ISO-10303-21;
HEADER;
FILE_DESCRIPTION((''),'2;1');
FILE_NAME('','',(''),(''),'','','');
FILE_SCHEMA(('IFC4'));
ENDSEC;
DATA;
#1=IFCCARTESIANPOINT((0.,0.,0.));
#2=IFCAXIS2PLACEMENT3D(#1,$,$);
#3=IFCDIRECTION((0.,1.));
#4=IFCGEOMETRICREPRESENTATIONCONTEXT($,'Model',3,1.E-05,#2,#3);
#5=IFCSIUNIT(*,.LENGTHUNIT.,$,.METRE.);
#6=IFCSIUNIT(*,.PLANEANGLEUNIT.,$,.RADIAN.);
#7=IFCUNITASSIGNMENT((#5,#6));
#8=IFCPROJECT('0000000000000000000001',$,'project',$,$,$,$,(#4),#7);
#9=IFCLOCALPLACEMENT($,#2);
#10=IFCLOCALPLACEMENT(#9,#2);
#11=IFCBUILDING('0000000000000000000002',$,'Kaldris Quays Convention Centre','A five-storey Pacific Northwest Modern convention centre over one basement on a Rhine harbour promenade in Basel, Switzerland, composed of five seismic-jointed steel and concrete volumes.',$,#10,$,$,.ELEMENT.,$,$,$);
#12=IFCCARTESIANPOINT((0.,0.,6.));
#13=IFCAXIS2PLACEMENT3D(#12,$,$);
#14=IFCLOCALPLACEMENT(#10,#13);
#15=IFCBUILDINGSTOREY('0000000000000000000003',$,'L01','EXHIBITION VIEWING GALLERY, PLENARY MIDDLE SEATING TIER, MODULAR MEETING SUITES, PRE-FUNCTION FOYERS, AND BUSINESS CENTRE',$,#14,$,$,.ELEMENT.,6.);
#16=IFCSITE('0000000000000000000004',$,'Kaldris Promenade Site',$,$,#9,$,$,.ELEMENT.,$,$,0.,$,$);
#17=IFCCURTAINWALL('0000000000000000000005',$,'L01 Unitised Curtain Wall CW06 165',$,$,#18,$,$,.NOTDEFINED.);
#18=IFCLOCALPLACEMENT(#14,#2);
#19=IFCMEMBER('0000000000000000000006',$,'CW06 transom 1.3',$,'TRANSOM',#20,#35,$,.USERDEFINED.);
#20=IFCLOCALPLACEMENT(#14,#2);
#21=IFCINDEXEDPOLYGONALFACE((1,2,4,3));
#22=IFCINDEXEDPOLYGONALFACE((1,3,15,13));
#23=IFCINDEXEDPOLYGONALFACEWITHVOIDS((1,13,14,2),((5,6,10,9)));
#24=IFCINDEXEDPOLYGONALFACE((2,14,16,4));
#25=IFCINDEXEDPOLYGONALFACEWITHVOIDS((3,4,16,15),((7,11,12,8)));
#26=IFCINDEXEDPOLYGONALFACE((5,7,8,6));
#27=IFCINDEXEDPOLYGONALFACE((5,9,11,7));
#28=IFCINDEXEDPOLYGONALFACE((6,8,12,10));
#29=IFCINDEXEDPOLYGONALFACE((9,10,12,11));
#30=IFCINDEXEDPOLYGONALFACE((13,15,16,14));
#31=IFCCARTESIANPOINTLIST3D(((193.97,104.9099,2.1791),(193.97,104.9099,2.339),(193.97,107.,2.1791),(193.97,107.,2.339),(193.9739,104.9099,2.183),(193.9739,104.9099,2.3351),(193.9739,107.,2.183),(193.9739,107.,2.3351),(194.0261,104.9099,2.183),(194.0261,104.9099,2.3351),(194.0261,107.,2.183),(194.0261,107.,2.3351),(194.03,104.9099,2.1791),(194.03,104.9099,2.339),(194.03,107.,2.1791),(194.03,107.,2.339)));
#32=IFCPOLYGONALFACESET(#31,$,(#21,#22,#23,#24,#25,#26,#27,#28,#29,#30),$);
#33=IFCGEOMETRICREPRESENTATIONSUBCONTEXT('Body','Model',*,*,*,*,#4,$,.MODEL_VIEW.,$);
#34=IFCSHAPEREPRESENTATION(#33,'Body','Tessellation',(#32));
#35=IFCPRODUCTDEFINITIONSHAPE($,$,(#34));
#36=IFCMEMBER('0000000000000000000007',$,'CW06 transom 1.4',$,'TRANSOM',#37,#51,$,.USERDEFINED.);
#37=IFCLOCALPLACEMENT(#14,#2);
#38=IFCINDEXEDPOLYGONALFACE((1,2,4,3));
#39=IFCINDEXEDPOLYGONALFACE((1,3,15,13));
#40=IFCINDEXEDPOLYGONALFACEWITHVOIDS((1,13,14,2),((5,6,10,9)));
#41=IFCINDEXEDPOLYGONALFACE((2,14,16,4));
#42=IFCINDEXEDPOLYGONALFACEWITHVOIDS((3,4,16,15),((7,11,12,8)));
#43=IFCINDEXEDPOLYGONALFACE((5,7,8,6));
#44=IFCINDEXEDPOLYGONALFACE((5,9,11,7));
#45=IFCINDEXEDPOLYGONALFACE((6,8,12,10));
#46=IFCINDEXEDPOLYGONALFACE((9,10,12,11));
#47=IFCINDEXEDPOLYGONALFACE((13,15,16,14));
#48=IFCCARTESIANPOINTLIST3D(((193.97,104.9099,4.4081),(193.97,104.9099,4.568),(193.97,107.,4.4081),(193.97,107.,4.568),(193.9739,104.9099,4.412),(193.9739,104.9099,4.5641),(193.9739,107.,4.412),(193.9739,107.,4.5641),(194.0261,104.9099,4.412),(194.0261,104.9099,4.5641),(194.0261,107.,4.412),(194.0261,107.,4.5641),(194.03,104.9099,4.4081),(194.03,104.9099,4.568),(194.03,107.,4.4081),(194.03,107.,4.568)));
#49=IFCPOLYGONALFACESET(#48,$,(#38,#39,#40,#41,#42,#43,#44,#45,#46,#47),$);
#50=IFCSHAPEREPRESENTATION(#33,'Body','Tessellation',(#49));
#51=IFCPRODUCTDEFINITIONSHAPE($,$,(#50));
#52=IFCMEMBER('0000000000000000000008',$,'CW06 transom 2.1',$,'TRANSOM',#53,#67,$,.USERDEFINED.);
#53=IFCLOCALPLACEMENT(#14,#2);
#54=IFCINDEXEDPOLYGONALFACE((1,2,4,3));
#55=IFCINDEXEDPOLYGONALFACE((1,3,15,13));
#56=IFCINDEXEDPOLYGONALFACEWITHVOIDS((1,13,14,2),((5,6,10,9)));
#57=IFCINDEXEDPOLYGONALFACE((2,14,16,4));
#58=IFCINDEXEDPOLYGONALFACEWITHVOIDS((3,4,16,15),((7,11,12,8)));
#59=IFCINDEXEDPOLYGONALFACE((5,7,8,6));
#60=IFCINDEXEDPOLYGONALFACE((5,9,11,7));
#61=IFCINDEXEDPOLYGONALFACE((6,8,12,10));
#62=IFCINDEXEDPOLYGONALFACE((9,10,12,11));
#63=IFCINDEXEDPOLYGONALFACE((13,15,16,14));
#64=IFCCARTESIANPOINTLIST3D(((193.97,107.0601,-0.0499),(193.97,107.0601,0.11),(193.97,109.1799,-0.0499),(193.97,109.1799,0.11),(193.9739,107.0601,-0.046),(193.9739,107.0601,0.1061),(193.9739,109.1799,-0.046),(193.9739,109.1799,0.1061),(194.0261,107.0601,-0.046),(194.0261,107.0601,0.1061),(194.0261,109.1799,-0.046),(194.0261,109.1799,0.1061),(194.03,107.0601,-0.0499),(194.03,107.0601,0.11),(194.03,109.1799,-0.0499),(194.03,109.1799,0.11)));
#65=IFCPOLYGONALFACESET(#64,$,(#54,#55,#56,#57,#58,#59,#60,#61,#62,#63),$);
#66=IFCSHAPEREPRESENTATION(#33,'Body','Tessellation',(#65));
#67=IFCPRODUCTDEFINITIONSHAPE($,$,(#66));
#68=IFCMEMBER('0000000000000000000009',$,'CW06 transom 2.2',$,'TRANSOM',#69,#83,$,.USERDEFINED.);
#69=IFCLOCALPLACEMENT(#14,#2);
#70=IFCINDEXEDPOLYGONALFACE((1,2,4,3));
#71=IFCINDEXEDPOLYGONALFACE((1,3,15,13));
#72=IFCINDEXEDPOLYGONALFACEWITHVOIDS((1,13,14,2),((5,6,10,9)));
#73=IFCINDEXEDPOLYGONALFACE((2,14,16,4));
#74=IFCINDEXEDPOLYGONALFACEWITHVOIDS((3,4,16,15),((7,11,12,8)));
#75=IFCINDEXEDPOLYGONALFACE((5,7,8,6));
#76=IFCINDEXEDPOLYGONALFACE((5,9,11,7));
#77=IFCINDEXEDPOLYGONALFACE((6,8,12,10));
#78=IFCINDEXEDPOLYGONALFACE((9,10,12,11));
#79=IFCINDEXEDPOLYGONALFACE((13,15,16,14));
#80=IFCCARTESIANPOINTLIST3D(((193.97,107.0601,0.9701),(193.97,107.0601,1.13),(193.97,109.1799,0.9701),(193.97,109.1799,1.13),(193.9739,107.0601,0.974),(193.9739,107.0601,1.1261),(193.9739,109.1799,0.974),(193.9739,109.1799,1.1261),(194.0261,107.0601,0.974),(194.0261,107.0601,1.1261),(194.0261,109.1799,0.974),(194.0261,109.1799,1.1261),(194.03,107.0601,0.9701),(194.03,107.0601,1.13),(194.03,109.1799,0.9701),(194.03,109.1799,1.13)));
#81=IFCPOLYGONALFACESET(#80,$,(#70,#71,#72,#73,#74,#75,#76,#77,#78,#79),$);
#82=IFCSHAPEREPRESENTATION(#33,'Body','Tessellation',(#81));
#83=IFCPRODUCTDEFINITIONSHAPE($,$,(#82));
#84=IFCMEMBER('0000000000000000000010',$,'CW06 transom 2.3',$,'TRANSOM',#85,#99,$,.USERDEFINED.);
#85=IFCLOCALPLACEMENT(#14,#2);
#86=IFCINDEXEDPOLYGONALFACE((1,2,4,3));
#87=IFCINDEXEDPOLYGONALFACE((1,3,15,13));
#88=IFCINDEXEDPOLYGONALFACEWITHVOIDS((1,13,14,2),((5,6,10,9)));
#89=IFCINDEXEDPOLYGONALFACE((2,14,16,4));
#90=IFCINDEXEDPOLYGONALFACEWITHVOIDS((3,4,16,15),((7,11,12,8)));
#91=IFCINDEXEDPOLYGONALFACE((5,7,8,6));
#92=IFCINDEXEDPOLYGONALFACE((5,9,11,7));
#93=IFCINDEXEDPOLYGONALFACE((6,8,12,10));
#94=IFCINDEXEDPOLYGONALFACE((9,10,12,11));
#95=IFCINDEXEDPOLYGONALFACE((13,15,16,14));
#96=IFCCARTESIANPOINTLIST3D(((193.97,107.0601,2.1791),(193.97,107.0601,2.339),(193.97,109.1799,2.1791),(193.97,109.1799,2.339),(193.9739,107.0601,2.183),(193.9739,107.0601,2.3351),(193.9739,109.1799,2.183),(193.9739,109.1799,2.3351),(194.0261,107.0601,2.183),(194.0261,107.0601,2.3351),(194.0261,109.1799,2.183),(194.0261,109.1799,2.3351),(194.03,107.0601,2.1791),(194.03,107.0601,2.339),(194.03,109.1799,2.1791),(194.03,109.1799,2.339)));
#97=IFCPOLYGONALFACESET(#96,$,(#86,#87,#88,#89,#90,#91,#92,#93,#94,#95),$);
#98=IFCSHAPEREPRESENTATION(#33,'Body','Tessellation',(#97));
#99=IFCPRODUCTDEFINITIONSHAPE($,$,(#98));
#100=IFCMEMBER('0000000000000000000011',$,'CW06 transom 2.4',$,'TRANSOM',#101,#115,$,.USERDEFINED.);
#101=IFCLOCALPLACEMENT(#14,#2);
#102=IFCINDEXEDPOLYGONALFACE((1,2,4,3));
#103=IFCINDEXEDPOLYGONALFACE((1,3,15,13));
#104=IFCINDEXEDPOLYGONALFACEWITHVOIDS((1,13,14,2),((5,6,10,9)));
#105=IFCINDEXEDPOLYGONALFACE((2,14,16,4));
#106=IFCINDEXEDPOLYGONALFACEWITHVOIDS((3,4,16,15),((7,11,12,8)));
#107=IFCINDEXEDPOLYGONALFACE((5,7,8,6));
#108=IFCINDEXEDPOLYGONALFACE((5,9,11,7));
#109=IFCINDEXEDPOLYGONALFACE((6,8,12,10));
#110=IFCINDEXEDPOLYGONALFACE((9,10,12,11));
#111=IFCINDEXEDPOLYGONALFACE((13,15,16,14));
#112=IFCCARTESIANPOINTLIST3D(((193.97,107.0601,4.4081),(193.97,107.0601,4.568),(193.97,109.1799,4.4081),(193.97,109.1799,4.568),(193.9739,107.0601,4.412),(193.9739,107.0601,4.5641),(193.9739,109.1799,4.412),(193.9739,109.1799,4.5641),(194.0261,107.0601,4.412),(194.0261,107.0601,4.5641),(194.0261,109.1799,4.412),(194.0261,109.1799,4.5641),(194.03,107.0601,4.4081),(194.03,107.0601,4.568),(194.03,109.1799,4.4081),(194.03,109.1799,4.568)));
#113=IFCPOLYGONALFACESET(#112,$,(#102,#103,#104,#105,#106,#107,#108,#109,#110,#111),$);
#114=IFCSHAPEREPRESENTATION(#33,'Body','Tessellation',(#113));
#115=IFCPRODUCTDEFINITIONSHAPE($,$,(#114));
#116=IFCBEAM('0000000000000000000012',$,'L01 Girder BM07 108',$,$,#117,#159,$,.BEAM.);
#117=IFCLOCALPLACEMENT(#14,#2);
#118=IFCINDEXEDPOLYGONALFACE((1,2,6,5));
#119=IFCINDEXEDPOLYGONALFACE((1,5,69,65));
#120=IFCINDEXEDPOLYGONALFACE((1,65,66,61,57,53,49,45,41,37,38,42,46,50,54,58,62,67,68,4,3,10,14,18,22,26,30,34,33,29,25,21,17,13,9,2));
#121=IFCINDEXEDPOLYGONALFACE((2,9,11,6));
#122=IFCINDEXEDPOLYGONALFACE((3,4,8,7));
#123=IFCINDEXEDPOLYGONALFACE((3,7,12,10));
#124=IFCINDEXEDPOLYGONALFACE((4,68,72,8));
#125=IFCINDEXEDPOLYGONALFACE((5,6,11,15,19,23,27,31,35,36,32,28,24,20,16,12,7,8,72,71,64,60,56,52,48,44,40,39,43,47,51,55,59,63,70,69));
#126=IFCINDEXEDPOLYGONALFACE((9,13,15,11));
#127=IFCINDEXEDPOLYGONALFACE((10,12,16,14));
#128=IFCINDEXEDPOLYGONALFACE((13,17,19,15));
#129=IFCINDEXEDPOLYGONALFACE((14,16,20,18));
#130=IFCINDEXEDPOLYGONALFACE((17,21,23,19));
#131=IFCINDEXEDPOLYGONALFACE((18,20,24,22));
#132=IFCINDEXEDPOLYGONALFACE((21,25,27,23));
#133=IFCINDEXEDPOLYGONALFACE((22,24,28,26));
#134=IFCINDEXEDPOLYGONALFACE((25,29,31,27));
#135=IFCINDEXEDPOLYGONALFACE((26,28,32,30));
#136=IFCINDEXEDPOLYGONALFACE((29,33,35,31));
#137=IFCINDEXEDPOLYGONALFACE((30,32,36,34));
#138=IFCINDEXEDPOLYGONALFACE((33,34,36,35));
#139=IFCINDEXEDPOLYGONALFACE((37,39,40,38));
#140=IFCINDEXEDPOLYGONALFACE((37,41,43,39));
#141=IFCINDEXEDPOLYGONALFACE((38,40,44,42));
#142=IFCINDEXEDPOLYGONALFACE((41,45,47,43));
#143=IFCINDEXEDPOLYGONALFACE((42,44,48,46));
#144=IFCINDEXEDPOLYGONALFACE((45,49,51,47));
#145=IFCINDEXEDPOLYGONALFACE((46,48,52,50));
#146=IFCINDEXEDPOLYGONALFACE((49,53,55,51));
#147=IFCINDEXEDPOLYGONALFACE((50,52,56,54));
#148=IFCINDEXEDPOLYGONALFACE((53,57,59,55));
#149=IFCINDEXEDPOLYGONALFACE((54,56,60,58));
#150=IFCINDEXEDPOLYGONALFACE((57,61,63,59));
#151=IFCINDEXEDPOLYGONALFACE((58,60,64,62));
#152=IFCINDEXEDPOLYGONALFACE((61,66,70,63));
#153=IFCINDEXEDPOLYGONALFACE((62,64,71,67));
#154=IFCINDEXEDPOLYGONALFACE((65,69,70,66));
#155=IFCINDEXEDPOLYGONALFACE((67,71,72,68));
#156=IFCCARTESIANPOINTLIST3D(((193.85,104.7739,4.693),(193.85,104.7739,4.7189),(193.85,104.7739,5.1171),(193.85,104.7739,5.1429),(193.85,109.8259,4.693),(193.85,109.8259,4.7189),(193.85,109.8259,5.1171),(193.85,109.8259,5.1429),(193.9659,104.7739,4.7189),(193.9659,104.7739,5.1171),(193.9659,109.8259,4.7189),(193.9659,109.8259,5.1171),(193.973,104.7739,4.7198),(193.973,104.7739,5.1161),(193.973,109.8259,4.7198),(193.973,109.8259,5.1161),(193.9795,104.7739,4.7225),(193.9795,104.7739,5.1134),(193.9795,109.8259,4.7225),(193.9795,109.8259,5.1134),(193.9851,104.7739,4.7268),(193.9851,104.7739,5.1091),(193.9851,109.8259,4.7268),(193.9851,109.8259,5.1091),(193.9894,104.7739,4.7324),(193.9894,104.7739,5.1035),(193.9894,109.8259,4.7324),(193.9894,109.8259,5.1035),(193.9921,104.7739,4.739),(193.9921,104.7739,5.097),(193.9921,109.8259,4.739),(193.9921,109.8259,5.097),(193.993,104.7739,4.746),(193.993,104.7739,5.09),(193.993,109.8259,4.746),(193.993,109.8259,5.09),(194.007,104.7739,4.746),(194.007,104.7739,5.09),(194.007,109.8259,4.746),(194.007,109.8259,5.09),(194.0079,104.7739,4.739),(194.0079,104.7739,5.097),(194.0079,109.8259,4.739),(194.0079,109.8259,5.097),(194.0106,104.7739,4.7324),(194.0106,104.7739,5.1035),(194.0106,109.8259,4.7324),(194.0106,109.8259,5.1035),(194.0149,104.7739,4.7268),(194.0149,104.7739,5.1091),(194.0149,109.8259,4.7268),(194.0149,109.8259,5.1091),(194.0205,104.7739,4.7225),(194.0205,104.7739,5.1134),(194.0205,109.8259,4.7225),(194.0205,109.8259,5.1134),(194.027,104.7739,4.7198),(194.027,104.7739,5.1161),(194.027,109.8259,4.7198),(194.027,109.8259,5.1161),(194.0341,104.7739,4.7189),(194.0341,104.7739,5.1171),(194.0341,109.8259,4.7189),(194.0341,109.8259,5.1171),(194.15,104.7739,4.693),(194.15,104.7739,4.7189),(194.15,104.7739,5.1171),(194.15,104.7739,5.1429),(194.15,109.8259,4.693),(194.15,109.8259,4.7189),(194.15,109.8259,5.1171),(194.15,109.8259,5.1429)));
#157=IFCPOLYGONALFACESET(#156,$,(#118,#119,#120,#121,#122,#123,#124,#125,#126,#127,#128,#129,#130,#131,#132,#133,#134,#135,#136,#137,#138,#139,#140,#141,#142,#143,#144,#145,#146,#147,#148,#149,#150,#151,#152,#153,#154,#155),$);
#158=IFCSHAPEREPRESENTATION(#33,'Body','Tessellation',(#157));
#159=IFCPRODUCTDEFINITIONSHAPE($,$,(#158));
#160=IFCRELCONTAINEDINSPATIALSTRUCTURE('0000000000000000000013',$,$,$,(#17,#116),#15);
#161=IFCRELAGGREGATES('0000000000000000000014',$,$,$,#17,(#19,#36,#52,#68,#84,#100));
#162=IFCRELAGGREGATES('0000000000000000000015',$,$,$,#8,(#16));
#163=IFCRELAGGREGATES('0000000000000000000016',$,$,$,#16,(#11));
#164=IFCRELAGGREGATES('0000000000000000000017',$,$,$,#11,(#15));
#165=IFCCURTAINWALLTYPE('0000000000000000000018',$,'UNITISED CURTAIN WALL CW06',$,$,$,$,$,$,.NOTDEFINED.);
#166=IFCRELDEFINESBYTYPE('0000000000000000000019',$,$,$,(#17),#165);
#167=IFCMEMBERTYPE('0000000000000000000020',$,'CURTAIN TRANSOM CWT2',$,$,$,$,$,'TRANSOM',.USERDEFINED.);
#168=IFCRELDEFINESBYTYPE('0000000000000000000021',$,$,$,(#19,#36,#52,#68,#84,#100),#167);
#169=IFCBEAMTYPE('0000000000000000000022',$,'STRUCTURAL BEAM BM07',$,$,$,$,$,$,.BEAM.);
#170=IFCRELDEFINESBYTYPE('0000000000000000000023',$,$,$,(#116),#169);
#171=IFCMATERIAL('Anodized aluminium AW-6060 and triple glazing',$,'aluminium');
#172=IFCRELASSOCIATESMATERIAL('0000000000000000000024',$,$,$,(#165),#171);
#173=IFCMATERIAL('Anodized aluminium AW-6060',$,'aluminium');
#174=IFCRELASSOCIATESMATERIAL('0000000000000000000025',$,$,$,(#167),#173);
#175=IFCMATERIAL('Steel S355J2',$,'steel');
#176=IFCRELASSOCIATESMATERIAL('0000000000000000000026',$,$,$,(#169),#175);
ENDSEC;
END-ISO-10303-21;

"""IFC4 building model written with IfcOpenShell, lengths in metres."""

from ifc_helpers import new_model, si_unit, direction, frame, origin, origin_2d, place, context, subcontext, project, spatial, hollow_rectangle, i_section, extrude, material, material_profile, profile_set, type_object, element, aggregate, save


model = new_model("IFC4")

# Units and contexts
model_context = context("Model", 3, precision=1e-05, world=origin(), true_north=direction((0.0, 1.0)))
body_context = subcontext(model_context, "Body", "Model", "MODEL_VIEW")
ifc_project = project(units=[si_unit("LENGTHUNIT", "METRE"), si_unit("PLANEANGLEUNIT", "RADIAN")], contexts=[model_context])

# Site, building, storey
site_placement = place(None, origin())
site = spatial("IfcSite", under=ifc_project, at=site_placement, Name="Kaldris Promenade Site", CompositionType="ELEMENT", RefElevation=0.0)
building_placement = place(site_placement, origin())
building = spatial("IfcBuilding", under=site, at=building_placement, Name="Kaldris Quays Convention Centre", Description="A five-storey Pacific Northwest Modern convention centre over one basement on a Rhine harbour promenade in Basel, Switzerland, composed of five seismic-jointed steel and concrete volumes.", CompositionType="ELEMENT")
storey_placement = place(building_placement, frame((0.0, 0.0, 6.0)))
storey = spatial("IfcBuildingStorey", under=building, at=storey_placement, Name="L01", Description="EXHIBITION VIEWING GALLERY, PLENARY MIDDLE SEATING TIER, MODULAR MEETING SUITES, PRE-FUNCTION FOYERS, AND BUSINESS CENTRE", CompositionType="ELEMENT", Elevation=6.0)

# Shared definitions
ifc_material_1 = material(Name="Steel S355J2", Category="steel")

# Shared definitions
ifc_material_2 = material(Name="Anodized aluminium AW-6060 and triple glazing", Category="aluminium")
curtain_wall_type = type_object("IfcCurtainWallType", Name="UNITISED CURTAIN WALL CW06", PredefinedType="NOTDEFINED", material=ifc_material_2)
ifc_material_3 = material(Name="Anodized aluminium AW-6060", Category="aluminium")

# Curtain wall
curtain_wall_1_placement = place(storey_placement, origin())
curtain_wall_1 = element("IfcCurtainWall", 1, at=curtain_wall_1_placement, inside=storey, type_object=curtain_wall_type, Name="L01 Unitised Curtain Wall CW06 165", PredefinedType="NOTDEFINED")

# Members
ifc_material_profile_1 = material_profile(ifc_material_3, hollow_rectangle(XDim=0.0601, YDim=0.1599, WallThickness=0.0039, at=origin_2d()), Name="RHS 160x60x4")
ifc_profile_set_1 = profile_set([ifc_material_profile_1], Name="Anodized aluminium AW-6060")
member_type_1 = type_object("IfcMemberType", Name="CURTAIN TRANSOM CWT2", ElementType="TRANSOM", PredefinedType="USERDEFINED", material=ifc_profile_set_1)
member_1_placement = place(storey_placement, frame((194.0, 104.9099, 2.259), z_axis=(0.0, 1.0, 0.0), x_axis=(-1.0, 0.0, 0.0)))
member_1 = element("IfcMember", 2, at=member_1_placement, type_object=member_type_1, Name="CW06 transom 1.3", ObjectType="TRANSOM", PredefinedType="USERDEFINED", context=body_context, shape_type="SweptSolid", body=[
    extrude(hollow_rectangle(XDim=0.0601, YDim=0.1599, WallThickness=0.0039, at=origin_2d()), origin(), (0.0, 0.0, 1.0), 2.0901),
])
member_2_placement = place(storey_placement, frame((194.0, 104.9099, 4.488), z_axis=(0.0, 1.0, 0.0), x_axis=(-1.0, 0.0, 0.0)))
member_2 = element("IfcMember", 3, at=member_2_placement, type_object=member_type_1, Name="CW06 transom 1.4", ObjectType="TRANSOM", PredefinedType="USERDEFINED", context=body_context, shape_type="SweptSolid", body=[
    extrude(hollow_rectangle(XDim=0.0601, YDim=0.1599, WallThickness=0.0039, at=origin_2d()), origin(), (0.0, 0.0, 1.0), 2.0901),
])
member_3_placement = place(storey_placement, frame((194.0, 107.0601, 0.03), z_axis=(0.0, 1.0, 0.0), x_axis=(-1.0, 0.0, 0.0)))
member_3 = element("IfcMember", 4, at=member_3_placement, type_object=member_type_1, Name="CW06 transom 2.1", ObjectType="TRANSOM", PredefinedType="USERDEFINED", context=body_context, shape_type="SweptSolid", body=[
    extrude(hollow_rectangle(XDim=0.0601, YDim=0.1599, WallThickness=0.0039, at=origin_2d()), origin(), (0.0, 0.0, 1.0), 2.1199),
])
member_4_placement = place(storey_placement, frame((194.0, 107.0601, 1.05), z_axis=(0.0, 1.0, 0.0), x_axis=(-1.0, 0.0, 0.0)))
member_4 = element("IfcMember", 5, at=member_4_placement, type_object=member_type_1, Name="CW06 transom 2.2", ObjectType="TRANSOM", PredefinedType="USERDEFINED", context=body_context, shape_type="SweptSolid", body=[
    extrude(hollow_rectangle(XDim=0.0601, YDim=0.1599, WallThickness=0.0039, at=origin_2d()), origin(), (0.0, 0.0, 1.0), 2.1199),
])
member_5_placement = place(storey_placement, frame((194.0, 107.0601, 2.259), z_axis=(0.0, 1.0, 0.0), x_axis=(-1.0, 0.0, 0.0)))
member_5 = element("IfcMember", 6, at=member_5_placement, type_object=member_type_1, Name="CW06 transom 2.3", ObjectType="TRANSOM", PredefinedType="USERDEFINED", context=body_context, shape_type="SweptSolid", body=[
    extrude(hollow_rectangle(XDim=0.0601, YDim=0.1599, WallThickness=0.0039, at=origin_2d()), origin(), (0.0, 0.0, 1.0), 2.1199),
])
member_6_placement = place(storey_placement, frame((194.0, 107.0601, 4.488), z_axis=(0.0, 1.0, 0.0), x_axis=(-1.0, 0.0, 0.0)))
member_6 = element("IfcMember", 7, at=member_6_placement, type_object=member_type_1, Name="CW06 transom 2.4", ObjectType="TRANSOM", PredefinedType="USERDEFINED", context=body_context, shape_type="SweptSolid", body=[
    extrude(hollow_rectangle(XDim=0.0601, YDim=0.1599, WallThickness=0.0039, at=origin_2d()), origin(), (0.0, 0.0, 1.0), 2.1199),
])

# Beam
ifc_material_profile_2 = material_profile(ifc_material_1, i_section(OverallWidth=0.3, OverallDepth=0.45, WebThickness=0.0139, FlangeThickness=0.0259, FilletRadius=0.0271, at=origin_2d()), Name="HEB 450")
ifc_profile_set_2 = profile_set([ifc_material_profile_2], Name="Steel S355J2")
beam_type_1 = type_object("IfcBeamType", Name="STRUCTURAL BEAM BM07", PredefinedType="BEAM", material=ifc_profile_set_2)
beam_1_placement = place(storey_placement, frame((194.0, 104.7739, 4.918), z_axis=(0.0, 1.0, 0.0), x_axis=(-1.0, 0.0, 0.0)))
element("IfcBeam", 8, at=beam_1_placement, inside=storey, type_object=beam_type_1, Name="L01 Girder BM07 108", PredefinedType="BEAM", context=body_context, shape_type="SweptSolid", body=[
    extrude(i_section(OverallWidth=0.3, OverallDepth=0.45, WebThickness=0.0139, FlangeThickness=0.0259, FilletRadius=0.0271, at=origin_2d()), origin(), (0.0, 0.0, 1.0), 5.052),
])

aggregate(curtain_wall_1, [member_1, member_2, member_3, member_4, member_5, member_6])

save(model, "model.ifc")
